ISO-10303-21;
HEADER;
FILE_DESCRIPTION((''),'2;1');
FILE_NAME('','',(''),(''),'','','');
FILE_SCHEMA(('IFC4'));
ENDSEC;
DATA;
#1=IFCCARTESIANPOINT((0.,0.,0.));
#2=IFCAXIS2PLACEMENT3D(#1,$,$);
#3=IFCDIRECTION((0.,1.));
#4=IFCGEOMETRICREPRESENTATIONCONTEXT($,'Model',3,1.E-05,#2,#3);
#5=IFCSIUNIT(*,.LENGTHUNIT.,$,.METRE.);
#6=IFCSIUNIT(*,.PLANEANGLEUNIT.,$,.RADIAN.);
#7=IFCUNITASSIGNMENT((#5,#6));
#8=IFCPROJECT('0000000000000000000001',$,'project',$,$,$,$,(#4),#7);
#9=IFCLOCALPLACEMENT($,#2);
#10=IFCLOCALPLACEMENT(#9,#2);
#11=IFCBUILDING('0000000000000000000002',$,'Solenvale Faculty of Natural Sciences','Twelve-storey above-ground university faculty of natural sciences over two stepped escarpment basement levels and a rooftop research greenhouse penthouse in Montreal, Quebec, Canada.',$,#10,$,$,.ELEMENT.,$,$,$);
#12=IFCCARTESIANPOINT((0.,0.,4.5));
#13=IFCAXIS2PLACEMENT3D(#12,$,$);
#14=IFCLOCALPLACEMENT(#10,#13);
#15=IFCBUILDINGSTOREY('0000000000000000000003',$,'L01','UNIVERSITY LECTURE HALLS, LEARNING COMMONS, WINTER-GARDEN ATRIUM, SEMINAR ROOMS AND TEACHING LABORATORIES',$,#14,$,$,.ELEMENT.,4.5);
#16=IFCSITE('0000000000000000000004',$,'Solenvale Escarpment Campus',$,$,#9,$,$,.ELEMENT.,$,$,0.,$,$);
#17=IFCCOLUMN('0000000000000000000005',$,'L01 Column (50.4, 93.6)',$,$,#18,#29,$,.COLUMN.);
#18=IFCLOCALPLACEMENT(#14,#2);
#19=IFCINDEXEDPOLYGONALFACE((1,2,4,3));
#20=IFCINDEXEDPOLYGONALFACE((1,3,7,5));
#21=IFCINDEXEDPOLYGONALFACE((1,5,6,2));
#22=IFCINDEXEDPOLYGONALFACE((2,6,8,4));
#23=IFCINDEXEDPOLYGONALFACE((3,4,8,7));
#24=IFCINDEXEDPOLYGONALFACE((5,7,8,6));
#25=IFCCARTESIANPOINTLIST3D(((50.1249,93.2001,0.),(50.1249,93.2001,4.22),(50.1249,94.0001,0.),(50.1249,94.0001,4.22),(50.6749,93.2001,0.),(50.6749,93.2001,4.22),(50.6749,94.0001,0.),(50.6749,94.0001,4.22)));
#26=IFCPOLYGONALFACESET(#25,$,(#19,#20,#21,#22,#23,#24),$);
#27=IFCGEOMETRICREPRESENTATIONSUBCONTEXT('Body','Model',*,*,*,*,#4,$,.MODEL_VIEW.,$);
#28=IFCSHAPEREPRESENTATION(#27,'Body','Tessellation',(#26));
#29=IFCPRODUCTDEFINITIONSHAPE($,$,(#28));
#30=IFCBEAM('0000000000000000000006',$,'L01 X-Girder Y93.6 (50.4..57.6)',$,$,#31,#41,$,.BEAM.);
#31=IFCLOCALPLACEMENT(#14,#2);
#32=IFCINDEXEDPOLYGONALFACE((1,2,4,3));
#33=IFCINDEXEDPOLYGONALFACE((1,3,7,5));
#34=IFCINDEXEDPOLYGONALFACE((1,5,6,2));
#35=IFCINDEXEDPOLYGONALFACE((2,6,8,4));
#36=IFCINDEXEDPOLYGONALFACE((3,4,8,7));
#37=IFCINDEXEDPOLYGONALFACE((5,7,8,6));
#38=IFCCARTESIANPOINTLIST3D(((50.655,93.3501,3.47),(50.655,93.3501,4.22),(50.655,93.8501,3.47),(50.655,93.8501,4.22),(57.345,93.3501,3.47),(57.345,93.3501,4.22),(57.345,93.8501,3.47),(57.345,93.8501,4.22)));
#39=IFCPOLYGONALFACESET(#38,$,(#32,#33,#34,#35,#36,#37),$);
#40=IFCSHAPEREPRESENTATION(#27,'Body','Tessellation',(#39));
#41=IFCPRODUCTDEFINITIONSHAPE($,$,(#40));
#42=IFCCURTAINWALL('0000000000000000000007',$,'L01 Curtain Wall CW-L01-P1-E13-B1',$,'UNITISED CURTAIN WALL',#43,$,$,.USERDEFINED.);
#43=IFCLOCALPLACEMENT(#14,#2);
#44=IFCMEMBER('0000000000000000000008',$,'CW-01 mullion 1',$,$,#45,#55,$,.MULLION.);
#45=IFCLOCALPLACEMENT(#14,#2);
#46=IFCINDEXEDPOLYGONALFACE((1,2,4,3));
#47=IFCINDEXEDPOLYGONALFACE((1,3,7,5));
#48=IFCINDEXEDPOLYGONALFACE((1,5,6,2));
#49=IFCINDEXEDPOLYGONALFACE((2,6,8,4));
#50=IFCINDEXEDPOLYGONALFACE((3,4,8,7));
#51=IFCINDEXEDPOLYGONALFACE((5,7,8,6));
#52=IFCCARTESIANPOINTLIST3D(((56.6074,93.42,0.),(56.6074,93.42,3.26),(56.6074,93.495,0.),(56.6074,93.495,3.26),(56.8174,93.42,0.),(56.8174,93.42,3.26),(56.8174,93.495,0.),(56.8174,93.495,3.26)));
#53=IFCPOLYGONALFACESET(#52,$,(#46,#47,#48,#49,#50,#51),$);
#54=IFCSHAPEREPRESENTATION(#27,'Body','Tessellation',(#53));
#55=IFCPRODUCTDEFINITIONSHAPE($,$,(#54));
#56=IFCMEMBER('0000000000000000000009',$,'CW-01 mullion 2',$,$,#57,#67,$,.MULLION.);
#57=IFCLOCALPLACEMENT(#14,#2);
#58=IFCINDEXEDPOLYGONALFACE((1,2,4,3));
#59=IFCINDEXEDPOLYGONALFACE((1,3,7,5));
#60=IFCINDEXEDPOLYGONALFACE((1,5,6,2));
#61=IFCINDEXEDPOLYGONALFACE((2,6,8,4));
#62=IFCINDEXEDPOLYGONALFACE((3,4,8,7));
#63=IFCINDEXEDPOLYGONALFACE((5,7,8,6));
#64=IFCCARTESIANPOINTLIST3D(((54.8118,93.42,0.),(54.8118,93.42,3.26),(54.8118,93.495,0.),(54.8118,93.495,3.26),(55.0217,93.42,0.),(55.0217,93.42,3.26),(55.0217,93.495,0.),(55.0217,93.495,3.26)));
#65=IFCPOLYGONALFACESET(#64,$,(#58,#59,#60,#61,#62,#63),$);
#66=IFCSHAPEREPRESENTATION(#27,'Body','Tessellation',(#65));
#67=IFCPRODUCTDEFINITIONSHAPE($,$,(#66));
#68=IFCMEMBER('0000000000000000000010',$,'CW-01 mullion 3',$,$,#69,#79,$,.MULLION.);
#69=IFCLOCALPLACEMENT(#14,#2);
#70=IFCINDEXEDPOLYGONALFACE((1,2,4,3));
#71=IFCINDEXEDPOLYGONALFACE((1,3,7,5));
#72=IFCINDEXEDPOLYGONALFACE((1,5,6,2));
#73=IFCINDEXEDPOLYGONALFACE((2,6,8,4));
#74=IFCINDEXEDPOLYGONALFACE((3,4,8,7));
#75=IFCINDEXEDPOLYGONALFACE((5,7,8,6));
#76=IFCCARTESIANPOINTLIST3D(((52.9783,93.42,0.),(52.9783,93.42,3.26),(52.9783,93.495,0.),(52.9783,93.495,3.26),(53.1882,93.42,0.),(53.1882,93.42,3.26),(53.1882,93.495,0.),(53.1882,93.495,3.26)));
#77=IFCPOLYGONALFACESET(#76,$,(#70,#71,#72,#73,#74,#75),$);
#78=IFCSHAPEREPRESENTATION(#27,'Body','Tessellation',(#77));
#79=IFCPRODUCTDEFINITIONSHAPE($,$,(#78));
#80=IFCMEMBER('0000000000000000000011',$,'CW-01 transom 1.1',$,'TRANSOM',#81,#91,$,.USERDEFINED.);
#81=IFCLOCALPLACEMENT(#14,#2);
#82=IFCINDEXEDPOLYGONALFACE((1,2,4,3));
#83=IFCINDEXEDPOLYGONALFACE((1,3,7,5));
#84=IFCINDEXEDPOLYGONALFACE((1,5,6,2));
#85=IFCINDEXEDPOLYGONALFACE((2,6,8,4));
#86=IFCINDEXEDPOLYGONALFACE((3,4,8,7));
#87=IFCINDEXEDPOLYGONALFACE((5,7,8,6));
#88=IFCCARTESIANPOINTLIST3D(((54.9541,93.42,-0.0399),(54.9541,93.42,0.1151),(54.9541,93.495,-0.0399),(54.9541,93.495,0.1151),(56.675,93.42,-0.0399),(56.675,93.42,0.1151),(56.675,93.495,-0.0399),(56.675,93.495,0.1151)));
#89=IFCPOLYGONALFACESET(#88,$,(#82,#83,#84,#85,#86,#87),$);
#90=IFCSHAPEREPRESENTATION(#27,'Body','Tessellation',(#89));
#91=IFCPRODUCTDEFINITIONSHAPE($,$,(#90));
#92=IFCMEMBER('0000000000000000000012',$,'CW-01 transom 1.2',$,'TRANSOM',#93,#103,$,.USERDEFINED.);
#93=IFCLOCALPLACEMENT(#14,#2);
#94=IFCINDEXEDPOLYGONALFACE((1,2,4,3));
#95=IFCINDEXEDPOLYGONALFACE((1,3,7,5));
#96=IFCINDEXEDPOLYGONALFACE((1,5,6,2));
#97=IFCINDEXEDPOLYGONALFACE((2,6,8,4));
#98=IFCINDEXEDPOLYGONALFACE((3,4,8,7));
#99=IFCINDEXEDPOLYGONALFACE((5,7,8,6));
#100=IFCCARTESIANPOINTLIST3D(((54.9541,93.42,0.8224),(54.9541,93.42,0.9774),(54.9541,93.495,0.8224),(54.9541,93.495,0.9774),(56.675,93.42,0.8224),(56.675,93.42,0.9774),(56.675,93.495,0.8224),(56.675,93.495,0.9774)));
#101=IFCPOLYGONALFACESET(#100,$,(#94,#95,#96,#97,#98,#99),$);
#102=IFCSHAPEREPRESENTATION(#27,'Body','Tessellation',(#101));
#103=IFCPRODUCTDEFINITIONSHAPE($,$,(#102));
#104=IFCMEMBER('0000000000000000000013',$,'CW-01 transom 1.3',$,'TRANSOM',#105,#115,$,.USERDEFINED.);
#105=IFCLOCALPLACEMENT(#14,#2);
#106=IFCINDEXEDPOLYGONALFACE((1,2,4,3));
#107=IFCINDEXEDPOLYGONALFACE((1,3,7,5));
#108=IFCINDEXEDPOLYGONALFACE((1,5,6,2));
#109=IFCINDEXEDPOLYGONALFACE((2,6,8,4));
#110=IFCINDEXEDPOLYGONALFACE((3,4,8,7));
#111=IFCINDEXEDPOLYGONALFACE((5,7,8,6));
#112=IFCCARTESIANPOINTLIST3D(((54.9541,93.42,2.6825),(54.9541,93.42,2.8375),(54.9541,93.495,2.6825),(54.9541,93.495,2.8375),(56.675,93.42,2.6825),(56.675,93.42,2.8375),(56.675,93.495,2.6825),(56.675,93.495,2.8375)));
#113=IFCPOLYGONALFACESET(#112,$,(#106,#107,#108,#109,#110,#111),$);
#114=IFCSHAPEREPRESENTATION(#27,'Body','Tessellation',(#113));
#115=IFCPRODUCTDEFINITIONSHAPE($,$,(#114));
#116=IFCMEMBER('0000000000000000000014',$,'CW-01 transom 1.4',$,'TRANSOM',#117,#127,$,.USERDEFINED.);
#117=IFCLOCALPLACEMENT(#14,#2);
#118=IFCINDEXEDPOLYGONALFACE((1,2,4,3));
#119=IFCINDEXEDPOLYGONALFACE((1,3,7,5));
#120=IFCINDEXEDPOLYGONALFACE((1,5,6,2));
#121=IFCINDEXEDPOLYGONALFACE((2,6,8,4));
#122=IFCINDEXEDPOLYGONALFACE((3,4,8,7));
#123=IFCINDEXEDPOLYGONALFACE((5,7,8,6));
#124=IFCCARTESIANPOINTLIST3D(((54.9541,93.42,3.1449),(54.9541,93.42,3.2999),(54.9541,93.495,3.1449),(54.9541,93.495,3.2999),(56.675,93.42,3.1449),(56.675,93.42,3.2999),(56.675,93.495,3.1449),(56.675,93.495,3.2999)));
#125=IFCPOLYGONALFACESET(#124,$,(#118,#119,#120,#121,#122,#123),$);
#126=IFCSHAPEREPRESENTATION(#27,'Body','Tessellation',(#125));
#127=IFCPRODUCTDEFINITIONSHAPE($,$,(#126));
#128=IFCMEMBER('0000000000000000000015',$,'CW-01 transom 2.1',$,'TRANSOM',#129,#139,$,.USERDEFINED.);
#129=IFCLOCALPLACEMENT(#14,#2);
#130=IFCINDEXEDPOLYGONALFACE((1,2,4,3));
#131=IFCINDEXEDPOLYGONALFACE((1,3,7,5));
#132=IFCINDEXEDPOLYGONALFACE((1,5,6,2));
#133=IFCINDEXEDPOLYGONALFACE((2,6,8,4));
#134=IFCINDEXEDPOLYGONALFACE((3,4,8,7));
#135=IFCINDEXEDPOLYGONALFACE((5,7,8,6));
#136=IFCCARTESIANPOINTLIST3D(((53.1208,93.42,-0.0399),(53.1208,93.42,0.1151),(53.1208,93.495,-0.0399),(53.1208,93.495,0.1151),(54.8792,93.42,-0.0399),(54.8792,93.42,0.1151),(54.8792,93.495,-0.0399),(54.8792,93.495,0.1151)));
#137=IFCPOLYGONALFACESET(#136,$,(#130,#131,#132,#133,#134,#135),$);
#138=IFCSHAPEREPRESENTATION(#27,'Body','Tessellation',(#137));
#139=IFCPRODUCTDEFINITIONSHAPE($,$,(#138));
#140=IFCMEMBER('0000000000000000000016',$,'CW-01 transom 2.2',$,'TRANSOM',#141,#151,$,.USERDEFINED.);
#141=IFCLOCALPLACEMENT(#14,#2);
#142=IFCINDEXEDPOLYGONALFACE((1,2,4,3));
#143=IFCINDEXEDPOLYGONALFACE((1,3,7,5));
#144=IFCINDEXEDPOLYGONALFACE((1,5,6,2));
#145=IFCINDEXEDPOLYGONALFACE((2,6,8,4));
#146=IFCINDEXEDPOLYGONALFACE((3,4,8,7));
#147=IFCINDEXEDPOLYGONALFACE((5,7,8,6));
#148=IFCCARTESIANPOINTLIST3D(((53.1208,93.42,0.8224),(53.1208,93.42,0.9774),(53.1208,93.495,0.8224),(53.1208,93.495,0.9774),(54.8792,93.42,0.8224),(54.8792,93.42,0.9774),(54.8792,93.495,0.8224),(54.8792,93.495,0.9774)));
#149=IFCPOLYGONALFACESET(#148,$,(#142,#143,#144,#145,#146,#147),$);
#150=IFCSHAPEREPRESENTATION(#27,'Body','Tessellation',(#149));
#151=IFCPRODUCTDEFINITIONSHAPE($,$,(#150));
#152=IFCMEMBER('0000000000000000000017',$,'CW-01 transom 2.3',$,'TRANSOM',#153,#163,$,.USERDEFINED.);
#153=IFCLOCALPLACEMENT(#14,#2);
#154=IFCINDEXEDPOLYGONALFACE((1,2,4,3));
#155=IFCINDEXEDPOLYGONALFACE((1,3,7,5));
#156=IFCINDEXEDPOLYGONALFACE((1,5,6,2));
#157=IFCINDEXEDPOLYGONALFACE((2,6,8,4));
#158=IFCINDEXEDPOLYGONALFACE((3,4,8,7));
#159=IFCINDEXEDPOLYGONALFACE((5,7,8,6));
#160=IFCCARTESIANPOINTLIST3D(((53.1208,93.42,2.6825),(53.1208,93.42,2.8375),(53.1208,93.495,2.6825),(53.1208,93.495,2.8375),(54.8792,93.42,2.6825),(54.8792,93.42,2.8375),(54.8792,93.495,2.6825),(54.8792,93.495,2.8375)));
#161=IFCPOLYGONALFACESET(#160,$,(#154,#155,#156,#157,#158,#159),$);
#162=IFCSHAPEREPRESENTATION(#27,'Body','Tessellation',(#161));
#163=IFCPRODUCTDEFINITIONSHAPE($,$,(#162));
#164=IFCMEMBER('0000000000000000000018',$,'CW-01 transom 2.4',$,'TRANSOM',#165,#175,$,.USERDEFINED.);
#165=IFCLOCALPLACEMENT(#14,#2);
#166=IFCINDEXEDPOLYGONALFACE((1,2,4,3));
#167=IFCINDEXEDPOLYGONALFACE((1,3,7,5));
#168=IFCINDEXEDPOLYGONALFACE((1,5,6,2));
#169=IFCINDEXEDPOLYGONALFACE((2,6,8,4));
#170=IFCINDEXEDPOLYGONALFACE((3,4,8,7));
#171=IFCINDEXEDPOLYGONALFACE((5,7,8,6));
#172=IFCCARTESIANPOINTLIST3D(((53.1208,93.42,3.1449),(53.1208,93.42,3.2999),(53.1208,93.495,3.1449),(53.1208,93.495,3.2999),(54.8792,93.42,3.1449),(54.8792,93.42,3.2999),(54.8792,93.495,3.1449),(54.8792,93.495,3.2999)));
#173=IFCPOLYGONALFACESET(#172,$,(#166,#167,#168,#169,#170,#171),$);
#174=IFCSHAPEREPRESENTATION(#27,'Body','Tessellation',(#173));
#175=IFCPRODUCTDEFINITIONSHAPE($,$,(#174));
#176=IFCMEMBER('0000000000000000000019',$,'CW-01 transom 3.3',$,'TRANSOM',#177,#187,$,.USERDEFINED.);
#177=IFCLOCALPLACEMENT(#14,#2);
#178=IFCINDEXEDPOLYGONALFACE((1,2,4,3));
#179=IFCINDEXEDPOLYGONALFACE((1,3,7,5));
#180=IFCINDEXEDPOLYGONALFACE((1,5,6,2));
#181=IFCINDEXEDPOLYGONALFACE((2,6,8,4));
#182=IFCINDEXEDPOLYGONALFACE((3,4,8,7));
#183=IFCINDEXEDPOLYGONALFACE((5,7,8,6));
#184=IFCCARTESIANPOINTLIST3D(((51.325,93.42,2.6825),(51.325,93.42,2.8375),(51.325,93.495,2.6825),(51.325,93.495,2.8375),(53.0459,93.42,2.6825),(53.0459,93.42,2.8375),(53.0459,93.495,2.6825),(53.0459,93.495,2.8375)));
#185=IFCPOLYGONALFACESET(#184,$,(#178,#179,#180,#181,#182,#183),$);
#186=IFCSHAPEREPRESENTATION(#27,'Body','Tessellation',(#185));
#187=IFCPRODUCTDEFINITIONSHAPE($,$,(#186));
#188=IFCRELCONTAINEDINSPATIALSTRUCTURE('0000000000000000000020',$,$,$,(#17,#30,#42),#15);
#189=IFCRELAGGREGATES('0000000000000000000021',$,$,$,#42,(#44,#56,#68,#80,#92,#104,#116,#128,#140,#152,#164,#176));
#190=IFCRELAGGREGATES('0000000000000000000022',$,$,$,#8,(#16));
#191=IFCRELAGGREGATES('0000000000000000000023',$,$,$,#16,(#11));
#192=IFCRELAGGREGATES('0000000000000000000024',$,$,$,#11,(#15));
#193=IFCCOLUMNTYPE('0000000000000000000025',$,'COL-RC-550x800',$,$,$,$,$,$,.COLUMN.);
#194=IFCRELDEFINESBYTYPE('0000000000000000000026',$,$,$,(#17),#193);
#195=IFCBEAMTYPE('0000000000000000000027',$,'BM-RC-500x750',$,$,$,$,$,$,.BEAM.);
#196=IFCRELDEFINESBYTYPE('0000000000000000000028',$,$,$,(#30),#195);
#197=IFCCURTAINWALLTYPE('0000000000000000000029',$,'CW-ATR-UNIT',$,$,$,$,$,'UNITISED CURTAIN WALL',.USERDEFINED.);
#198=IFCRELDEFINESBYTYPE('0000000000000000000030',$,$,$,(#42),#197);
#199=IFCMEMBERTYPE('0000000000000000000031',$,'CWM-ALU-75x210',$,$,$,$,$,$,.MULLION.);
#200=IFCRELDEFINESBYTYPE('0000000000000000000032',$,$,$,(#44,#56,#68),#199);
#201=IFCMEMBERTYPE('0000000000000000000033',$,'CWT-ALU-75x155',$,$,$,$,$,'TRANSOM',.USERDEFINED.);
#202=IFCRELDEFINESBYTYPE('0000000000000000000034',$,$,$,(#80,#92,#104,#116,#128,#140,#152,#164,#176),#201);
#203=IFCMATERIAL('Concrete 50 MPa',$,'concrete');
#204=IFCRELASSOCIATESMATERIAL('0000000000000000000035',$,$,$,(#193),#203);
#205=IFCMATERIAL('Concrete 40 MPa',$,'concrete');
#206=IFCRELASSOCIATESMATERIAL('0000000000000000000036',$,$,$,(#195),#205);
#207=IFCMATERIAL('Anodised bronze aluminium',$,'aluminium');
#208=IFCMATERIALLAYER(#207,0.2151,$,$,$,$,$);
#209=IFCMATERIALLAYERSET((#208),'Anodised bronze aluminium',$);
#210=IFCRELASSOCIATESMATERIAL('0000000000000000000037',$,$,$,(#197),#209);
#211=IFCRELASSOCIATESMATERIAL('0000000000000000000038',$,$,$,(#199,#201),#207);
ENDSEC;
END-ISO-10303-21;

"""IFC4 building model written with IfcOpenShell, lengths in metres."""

from ifc_helpers import new_model, si_unit, direction, frame, origin, origin_2d, place, context, subcontext, project, spatial, rectangle, extrude, material, layer, layer_set, material_profile, profile_set, type_object, element, aggregate, save


model = new_model("IFC4")

# Units and contexts
model_context = context("Model", 3, precision=1e-05, world=origin(), true_north=direction((0.0, 1.0)))
body_context = subcontext(model_context, "Body", "Model", "MODEL_VIEW")
ifc_project = project(units=[si_unit("LENGTHUNIT", "METRE"), si_unit("PLANEANGLEUNIT", "RADIAN")], contexts=[model_context])

# Site, building, storey
site_placement = place(None, origin())
site = spatial("IfcSite", under=ifc_project, at=site_placement, Name="Solenvale Escarpment Campus", CompositionType="ELEMENT", RefElevation=0.0)
building_placement = place(site_placement, origin())
building = spatial("IfcBuilding", under=site, at=building_placement, Name="Solenvale Faculty of Natural Sciences", Description="Twelve-storey above-ground university faculty of natural sciences over two stepped escarpment basement levels and a rooftop research greenhouse penthouse in Montreal, Quebec, Canada.", CompositionType="ELEMENT")
storey_placement = place(building_placement, frame((0.0, 0.0, 4.5)))
storey = spatial("IfcBuildingStorey", under=building, at=storey_placement, Name="L01", Description="UNIVERSITY LECTURE HALLS, LEARNING COMMONS, WINTER-GARDEN ATRIUM, SEMINAR ROOMS AND TEACHING LABORATORIES", CompositionType="ELEMENT", Elevation=4.5)

# Column
ifc_material_1 = material(Name="Concrete 50 MPa", Category="concrete")
ifc_material_profile_1 = material_profile(ifc_material_1, rectangle(XDim=0.55, YDim=0.8, at=origin_2d()), Name="RC-COL-550x800")
ifc_profile_set_1 = profile_set([ifc_material_profile_1], Name="Concrete 50 MPa")
column_type = type_object("IfcColumnType", Name="COL-RC-550x800", PredefinedType="COLUMN", material=ifc_profile_set_1)
column_placement = place(storey_placement, frame((50.3999, 93.6001, 0.0), z_axis=(0.0, 0.0, 1.0), x_axis=(1.0, 0.0, 0.0)))
element("IfcColumn", 1, at=column_placement, inside=storey, type_object=column_type, Name="L01 Column (50.4, 93.6)", PredefinedType="COLUMN", context=body_context, shape_type="SweptSolid", body=[
    extrude(rectangle(XDim=0.55, YDim=0.8, at=origin_2d()), origin(), (0.0, 0.0, 1.0), 4.22),
])

# Beam
ifc_material_2 = material(Name="Concrete 40 MPa", Category="concrete")
ifc_material_profile_2 = material_profile(ifc_material_2, rectangle(XDim=0.5, YDim=0.75, at=origin_2d()), Name="RC-BM-500x750")
ifc_profile_set_2 = profile_set([ifc_material_profile_2], Name="Concrete 40 MPa")
beam_type = type_object("IfcBeamType", Name="BM-RC-500x750", PredefinedType="BEAM", material=ifc_profile_set_2)
beam_placement = place(storey_placement, frame((50.655, 93.6001, 3.845), z_axis=(1.0, 0.0, 0.0), x_axis=(0.0, 1.0, 0.0)))
element("IfcBeam", 2, at=beam_placement, inside=storey, type_object=beam_type, Name="L01 X-Girder Y93.6 (50.4..57.6)", PredefinedType="BEAM", context=body_context, shape_type="SweptSolid", body=[
    extrude(rectangle(XDim=0.5, YDim=0.75, at=origin_2d()), origin(), (0.0, 0.0, 1.0), 6.6899),
])

# Curtain wall, members
ifc_material_3 = material(Name="Anodised bronze aluminium", Category="aluminium")
ifc_layer_1 = layer(ifc_material_3, 0.2151)
ifc_layer_set_1 = layer_set([ifc_layer_1], Name="Anodised bronze aluminium")
curtain_wall_type = type_object("IfcCurtainWallType", Name="CW-ATR-UNIT", ElementType="UNITISED CURTAIN WALL", PredefinedType="USERDEFINED", material=ifc_layer_set_1)
curtain_wall_placement = place(storey_placement, origin())
curtain_wall = element("IfcCurtainWall", 3, at=curtain_wall_placement, inside=storey, type_object=curtain_wall_type, Name="L01 Curtain Wall CW-L01-P1-E13-B1", ObjectType="UNITISED CURTAIN WALL", PredefinedType="USERDEFINED")
ifc_material_profile_3 = material_profile(ifc_material_3, rectangle(XDim=0.075, YDim=0.21, at=origin_2d()), Name="ALU-MUL-75x210")
ifc_profile_set_3 = profile_set([ifc_material_profile_3], Name="Anodised bronze aluminium")
member_type_1 = type_object("IfcMemberType", Name="CWM-ALU-75x210", PredefinedType="MULLION", material=ifc_profile_set_3)
member_1_placement = place(storey_placement, frame((56.7124, 93.4575, 0.0), z_axis=(0.0, 0.0, 1.0), x_axis=(0.0, -1.0, 0.0)))
member_1 = element("IfcMember", 4, at=member_1_placement, type_object=member_type_1, Name="CW-01 mullion 1", PredefinedType="MULLION", context=body_context, shape_type="SweptSolid", body=[
    extrude(rectangle(XDim=0.075, YDim=0.21, at=origin_2d()), origin(), (0.0, 0.0, 1.0), 3.26),
])
member_2_placement = place(storey_placement, frame((54.9167, 93.4575, 0.0), z_axis=(0.0, 0.0, 1.0), x_axis=(0.0, -1.0, 0.0)))
member_2 = element("IfcMember", 5, at=member_2_placement, type_object=member_type_1, Name="CW-01 mullion 2", PredefinedType="MULLION", context=body_context, shape_type="SweptSolid", body=[
    extrude(rectangle(XDim=0.075, YDim=0.21, at=origin_2d()), origin(), (0.0, 0.0, 1.0), 3.26),
])
member_3_placement = place(storey_placement, frame((53.0833, 93.4575, 0.0), z_axis=(0.0, 0.0, 1.0), x_axis=(0.0, -1.0, 0.0)))
member_3 = element("IfcMember", 6, at=member_3_placement, type_object=member_type_1, Name="CW-01 mullion 3", PredefinedType="MULLION", context=body_context, shape_type="SweptSolid", body=[
    extrude(rectangle(XDim=0.075, YDim=0.21, at=origin_2d()), origin(), (0.0, 0.0, 1.0), 3.26),
])
ifc_material_profile_4 = material_profile(ifc_material_3, rectangle(XDim=0.075, YDim=0.155, at=origin_2d()), Name="ALU-TRN-75x155")
ifc_profile_set_4 = profile_set([ifc_material_profile_4], Name="Anodised bronze aluminium")
member_type_2 = type_object("IfcMemberType", Name="CWT-ALU-75x155", ElementType="TRANSOM", PredefinedType="USERDEFINED", material=ifc_profile_set_4)
member_4_placement = place(storey_placement, frame((56.675, 93.4575, 0.0376), z_axis=(-1.0, 0.0, 0.0), x_axis=(0.0, -1.0, 0.0)))
member_4 = element("IfcMember", 7, at=member_4_placement, type_object=member_type_2, Name="CW-01 transom 1.1", ObjectType="TRANSOM", PredefinedType="USERDEFINED", context=body_context, shape_type="SweptSolid", body=[
    extrude(rectangle(XDim=0.075, YDim=0.155, at=origin_2d()), origin(), (0.0, 0.0, 1.0), 1.7209),
])
member_5_placement = place(storey_placement, frame((56.675, 93.4575, 0.8999), z_axis=(-1.0, 0.0, 0.0), x_axis=(0.0, -1.0, 0.0)))
member_5 = element("IfcMember", 8, at=member_5_placement, type_object=member_type_2, Name="CW-01 transom 1.2", ObjectType="TRANSOM", PredefinedType="USERDEFINED", context=body_context, shape_type="SweptSolid", body=[
    extrude(rectangle(XDim=0.075, YDim=0.155, at=origin_2d()), origin(), (0.0, 0.0, 1.0), 1.7209),
])
member_6_placement = place(storey_placement, frame((56.675, 93.4575, 2.76), z_axis=(-1.0, 0.0, 0.0), x_axis=(0.0, -1.0, 0.0)))
member_6 = element("IfcMember", 9, at=member_6_placement, type_object=member_type_2, Name="CW-01 transom 1.3", ObjectType="TRANSOM", PredefinedType="USERDEFINED", context=body_context, shape_type="SweptSolid", body=[
    extrude(rectangle(XDim=0.075, YDim=0.155, at=origin_2d()), origin(), (0.0, 0.0, 1.0), 1.7209),
])
member_7_placement = place(storey_placement, frame((56.675, 93.4575, 3.2224), z_axis=(-1.0, 0.0, 0.0), x_axis=(0.0, -1.0, 0.0)))
member_7 = element("IfcMember", 10, at=member_7_placement, type_object=member_type_2, Name="CW-01 transom 1.4", ObjectType="TRANSOM", PredefinedType="USERDEFINED", context=body_context, shape_type="SweptSolid", body=[
    extrude(rectangle(XDim=0.075, YDim=0.155, at=origin_2d()), origin(), (0.0, 0.0, 1.0), 1.7209),
])
member_8_placement = place(storey_placement, frame((54.8792, 93.4575, 0.0376), z_axis=(-1.0, 0.0, 0.0), x_axis=(0.0, -1.0, 0.0)))
member_8 = element("IfcMember", 11, at=member_8_placement, type_object=member_type_2, Name="CW-01 transom 2.1", ObjectType="TRANSOM", PredefinedType="USERDEFINED", context=body_context, shape_type="SweptSolid", body=[
    extrude(rectangle(XDim=0.075, YDim=0.155, at=origin_2d()), origin(), (0.0, 0.0, 1.0), 1.7583),
])
member_9_placement = place(storey_placement, frame((54.8792, 93.4575, 0.8999), z_axis=(-1.0, 0.0, 0.0), x_axis=(0.0, -1.0, 0.0)))
member_9 = element("IfcMember", 12, at=member_9_placement, type_object=member_type_2, Name="CW-01 transom 2.2", ObjectType="TRANSOM", PredefinedType="USERDEFINED", context=body_context, shape_type="SweptSolid", body=[
    extrude(rectangle(XDim=0.075, YDim=0.155, at=origin_2d()), origin(), (0.0, 0.0, 1.0), 1.7583),
])
member_10_placement = place(storey_placement, frame((54.8792, 93.4575, 2.76), z_axis=(-1.0, 0.0, 0.0), x_axis=(0.0, -1.0, 0.0)))
member_10 = element("IfcMember", 13, at=member_10_placement, type_object=member_type_2, Name="CW-01 transom 2.3", ObjectType="TRANSOM", PredefinedType="USERDEFINED", context=body_context, shape_type="SweptSolid", body=[
    extrude(rectangle(XDim=0.075, YDim=0.155, at=origin_2d()), origin(), (0.0, 0.0, 1.0), 1.7583),
])
member_11_placement = place(storey_placement, frame((54.8792, 93.4575, 3.2224), z_axis=(-1.0, 0.0, 0.0), x_axis=(0.0, -1.0, 0.0)))
member_11 = element("IfcMember", 14, at=member_11_placement, type_object=member_type_2, Name="CW-01 transom 2.4", ObjectType="TRANSOM", PredefinedType="USERDEFINED", context=body_context, shape_type="SweptSolid", body=[
    extrude(rectangle(XDim=0.075, YDim=0.155, at=origin_2d()), origin(), (0.0, 0.0, 1.0), 1.7583),
])
member_12_placement = place(storey_placement, frame((53.0459, 93.4575, 2.76), z_axis=(-1.0, 0.0, 0.0), x_axis=(0.0, -1.0, 0.0)))
member_12 = element("IfcMember", 15, at=member_12_placement, type_object=member_type_2, Name="CW-01 transom 3.3", ObjectType="TRANSOM", PredefinedType="USERDEFINED", context=body_context, shape_type="SweptSolid", body=[
    extrude(rectangle(XDim=0.075, YDim=0.155, at=origin_2d()), origin(), (0.0, 0.0, 1.0), 1.7209),
])
aggregate(curtain_wall, [member_1, member_2, member_3, member_4, member_5, member_6, member_7, member_8, member_9, member_10, member_11, member_12])

save(model, "model.ifc")
